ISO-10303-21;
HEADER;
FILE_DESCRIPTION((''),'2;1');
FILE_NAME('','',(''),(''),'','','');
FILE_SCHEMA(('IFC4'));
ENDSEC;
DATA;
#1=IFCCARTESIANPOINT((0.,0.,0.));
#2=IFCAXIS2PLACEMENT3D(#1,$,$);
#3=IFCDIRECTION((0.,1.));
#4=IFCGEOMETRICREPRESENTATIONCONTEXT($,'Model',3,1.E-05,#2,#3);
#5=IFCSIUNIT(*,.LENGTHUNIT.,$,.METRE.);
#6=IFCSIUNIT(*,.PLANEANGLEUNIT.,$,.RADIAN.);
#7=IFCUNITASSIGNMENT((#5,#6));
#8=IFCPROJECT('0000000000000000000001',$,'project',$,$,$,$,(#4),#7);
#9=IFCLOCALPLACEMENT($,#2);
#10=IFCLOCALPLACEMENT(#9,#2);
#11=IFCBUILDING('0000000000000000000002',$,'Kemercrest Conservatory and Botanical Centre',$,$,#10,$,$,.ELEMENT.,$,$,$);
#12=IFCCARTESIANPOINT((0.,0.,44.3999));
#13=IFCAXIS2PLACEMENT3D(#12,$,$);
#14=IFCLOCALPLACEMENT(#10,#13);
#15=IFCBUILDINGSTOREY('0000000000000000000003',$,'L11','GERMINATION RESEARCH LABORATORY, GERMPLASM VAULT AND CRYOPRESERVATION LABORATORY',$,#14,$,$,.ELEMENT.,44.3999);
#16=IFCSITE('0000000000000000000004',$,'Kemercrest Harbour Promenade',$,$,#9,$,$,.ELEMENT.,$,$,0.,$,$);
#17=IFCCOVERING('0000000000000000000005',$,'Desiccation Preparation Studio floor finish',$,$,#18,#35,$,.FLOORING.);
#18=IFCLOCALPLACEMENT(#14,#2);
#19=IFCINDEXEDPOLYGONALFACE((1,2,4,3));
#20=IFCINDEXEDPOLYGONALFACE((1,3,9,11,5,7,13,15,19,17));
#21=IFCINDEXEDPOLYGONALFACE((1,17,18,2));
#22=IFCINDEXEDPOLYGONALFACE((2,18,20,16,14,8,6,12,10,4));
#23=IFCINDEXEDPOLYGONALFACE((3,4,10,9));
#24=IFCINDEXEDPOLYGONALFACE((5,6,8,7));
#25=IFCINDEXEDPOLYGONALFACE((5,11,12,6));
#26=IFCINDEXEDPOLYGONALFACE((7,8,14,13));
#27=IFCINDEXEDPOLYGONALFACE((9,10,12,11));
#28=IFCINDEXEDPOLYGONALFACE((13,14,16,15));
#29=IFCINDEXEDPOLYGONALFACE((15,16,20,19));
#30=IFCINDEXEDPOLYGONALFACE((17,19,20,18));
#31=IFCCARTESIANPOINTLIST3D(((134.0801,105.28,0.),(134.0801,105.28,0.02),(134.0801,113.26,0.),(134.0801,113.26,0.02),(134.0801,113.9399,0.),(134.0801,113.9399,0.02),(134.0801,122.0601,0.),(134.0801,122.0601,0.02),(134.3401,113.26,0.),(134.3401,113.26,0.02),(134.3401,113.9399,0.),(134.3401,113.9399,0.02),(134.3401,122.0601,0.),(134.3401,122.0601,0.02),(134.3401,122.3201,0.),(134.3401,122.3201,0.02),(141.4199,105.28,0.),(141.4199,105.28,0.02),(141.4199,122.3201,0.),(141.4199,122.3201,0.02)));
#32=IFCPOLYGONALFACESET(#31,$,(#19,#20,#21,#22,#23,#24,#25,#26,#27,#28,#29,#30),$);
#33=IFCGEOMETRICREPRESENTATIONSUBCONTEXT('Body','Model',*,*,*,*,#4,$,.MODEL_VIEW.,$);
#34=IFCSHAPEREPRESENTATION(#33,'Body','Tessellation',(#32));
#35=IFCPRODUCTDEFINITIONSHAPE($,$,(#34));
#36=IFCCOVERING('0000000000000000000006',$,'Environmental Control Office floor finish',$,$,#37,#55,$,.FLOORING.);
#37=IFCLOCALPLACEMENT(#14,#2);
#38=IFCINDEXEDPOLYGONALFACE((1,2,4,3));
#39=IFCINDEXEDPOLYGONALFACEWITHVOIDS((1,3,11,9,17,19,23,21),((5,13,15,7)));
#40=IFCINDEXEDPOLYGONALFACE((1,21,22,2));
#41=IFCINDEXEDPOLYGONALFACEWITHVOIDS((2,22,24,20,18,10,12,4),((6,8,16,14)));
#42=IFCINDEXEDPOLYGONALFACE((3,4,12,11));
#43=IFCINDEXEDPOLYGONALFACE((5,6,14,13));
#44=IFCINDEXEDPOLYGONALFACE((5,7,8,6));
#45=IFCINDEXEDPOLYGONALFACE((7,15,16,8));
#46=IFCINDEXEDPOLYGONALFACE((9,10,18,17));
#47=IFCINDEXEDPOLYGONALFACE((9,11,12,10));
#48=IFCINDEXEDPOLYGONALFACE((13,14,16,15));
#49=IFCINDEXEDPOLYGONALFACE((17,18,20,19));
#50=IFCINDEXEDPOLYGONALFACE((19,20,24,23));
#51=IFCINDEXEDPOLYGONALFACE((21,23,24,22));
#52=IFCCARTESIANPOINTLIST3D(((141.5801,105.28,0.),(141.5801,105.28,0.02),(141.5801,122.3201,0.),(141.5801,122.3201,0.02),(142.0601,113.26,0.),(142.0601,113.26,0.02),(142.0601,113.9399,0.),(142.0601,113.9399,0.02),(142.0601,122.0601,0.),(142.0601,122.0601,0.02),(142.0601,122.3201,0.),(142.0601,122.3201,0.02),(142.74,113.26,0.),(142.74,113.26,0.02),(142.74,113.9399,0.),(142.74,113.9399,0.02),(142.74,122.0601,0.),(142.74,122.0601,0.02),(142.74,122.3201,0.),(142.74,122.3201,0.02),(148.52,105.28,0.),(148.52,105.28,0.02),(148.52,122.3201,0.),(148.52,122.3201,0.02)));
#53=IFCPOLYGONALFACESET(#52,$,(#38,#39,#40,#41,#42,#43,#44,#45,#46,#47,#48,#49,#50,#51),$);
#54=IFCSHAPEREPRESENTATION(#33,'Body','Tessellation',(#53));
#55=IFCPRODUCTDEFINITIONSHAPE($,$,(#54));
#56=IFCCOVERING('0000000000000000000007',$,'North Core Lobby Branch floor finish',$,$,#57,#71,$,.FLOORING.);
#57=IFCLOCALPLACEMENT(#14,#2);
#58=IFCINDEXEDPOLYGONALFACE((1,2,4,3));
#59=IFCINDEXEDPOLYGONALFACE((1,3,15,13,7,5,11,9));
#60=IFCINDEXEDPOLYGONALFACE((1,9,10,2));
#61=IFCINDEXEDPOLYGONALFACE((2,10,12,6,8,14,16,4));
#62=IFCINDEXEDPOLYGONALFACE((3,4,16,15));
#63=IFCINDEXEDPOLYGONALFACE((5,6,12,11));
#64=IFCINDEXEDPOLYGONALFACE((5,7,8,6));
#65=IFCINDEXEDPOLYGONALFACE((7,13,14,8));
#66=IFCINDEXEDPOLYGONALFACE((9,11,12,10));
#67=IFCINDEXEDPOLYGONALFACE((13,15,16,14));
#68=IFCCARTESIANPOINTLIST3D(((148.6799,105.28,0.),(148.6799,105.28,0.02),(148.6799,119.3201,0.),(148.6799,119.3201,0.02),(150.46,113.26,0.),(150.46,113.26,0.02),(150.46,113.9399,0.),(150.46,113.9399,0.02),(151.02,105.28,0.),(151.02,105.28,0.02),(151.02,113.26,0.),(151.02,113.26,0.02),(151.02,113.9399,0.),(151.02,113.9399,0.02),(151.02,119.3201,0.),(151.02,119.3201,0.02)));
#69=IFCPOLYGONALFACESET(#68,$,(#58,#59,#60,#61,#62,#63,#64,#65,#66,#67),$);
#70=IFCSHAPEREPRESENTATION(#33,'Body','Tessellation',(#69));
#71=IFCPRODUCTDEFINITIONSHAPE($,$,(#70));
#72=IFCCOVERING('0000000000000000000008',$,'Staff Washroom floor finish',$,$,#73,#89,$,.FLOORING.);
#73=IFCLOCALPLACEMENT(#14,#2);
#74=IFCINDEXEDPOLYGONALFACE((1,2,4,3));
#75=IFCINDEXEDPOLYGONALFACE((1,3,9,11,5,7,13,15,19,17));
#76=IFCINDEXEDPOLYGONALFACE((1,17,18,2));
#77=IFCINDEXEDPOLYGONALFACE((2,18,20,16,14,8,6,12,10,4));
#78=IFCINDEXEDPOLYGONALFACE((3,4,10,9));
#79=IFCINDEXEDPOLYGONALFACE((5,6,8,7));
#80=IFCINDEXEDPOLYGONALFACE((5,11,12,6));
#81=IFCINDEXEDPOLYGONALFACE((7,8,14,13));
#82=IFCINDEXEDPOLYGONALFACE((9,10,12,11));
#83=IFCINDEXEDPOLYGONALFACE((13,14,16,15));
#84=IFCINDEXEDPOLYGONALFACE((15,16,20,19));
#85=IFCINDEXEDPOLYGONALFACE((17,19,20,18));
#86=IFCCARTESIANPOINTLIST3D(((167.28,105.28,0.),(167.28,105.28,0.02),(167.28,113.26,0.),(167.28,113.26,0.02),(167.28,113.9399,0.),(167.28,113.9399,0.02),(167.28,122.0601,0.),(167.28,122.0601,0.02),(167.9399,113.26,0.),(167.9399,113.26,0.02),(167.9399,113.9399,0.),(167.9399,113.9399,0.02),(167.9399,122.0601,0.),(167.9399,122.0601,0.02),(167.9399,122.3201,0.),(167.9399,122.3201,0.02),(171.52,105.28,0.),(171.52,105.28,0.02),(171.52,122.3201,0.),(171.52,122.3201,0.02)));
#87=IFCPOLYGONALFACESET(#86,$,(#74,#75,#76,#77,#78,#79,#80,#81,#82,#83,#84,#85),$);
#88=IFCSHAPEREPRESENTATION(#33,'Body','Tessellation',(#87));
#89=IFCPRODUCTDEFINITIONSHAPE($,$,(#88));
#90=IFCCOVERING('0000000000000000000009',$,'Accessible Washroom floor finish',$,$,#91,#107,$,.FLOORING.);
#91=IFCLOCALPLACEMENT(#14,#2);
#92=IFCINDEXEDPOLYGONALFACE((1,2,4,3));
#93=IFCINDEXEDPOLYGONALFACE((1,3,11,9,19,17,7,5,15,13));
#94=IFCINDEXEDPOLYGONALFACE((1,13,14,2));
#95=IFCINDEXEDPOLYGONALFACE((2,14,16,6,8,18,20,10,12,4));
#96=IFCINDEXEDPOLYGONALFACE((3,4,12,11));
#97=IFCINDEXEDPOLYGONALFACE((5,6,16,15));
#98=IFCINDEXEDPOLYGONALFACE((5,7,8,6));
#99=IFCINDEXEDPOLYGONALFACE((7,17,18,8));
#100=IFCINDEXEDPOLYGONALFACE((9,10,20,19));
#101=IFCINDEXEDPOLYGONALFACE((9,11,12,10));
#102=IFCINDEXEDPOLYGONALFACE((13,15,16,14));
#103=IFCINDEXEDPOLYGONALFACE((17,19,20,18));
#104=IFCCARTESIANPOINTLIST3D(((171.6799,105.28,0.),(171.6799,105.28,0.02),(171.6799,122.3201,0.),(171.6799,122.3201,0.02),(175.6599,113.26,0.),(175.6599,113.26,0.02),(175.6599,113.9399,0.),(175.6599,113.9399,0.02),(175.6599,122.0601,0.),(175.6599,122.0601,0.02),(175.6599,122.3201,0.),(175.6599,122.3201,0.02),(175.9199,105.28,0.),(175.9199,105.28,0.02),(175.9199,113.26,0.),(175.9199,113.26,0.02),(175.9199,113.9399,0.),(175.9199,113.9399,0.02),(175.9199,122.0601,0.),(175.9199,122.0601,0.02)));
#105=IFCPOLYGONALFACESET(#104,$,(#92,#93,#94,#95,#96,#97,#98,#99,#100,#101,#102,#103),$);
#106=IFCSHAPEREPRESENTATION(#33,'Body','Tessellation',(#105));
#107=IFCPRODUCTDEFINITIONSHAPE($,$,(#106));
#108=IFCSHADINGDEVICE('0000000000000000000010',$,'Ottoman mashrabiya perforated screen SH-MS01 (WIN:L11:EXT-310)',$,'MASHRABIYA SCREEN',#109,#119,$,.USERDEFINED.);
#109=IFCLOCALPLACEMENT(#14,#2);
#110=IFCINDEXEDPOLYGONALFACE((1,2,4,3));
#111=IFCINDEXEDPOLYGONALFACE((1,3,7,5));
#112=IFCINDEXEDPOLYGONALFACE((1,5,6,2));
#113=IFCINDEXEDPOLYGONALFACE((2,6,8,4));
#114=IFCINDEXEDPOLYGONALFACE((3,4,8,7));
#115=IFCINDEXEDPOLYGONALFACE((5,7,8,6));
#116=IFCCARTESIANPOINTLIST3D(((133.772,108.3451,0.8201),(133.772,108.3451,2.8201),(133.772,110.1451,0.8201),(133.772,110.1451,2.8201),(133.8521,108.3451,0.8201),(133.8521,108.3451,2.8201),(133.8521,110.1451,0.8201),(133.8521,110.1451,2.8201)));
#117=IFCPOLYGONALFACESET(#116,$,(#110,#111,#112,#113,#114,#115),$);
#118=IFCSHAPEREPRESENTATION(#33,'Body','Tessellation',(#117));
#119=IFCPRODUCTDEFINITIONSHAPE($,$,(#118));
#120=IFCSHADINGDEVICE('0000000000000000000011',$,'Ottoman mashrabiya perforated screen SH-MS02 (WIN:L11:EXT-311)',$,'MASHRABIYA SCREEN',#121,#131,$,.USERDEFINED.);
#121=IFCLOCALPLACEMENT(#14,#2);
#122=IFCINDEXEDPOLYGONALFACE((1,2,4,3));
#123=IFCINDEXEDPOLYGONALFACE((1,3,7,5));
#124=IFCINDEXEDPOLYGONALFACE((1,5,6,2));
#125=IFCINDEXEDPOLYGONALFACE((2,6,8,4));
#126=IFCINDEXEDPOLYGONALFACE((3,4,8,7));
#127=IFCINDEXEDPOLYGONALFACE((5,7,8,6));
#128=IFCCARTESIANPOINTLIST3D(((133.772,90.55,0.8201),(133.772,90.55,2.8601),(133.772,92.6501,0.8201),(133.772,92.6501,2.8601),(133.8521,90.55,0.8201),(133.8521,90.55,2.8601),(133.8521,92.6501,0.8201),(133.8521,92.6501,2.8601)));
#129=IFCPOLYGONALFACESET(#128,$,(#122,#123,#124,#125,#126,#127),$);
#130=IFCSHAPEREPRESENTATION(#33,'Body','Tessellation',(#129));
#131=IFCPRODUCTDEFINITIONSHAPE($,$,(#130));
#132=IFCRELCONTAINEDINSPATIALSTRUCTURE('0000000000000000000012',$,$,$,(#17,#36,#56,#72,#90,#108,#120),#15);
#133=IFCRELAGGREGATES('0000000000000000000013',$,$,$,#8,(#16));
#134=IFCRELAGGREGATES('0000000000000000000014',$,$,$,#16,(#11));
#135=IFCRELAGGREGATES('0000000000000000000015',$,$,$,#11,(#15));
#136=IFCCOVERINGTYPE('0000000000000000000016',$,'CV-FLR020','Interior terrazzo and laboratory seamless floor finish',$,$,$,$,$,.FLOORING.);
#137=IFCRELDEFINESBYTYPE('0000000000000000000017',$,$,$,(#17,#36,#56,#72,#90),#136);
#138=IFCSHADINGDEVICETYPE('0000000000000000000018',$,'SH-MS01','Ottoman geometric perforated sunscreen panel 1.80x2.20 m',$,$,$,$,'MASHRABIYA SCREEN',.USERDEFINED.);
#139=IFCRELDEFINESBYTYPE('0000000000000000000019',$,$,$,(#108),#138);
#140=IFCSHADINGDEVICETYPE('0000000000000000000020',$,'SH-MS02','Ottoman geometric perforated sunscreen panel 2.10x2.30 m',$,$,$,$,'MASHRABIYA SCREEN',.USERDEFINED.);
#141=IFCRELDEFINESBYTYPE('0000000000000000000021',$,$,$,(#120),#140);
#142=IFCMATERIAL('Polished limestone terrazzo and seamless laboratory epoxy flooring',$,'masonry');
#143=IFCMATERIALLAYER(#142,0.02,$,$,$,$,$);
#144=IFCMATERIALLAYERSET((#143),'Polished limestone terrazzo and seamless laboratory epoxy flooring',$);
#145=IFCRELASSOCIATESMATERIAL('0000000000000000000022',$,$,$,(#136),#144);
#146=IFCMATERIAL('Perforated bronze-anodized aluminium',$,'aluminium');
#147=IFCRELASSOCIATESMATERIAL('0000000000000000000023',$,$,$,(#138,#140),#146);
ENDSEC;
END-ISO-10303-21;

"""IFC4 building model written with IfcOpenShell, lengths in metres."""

from ifc_helpers import new_model, si_unit, direction, frame, origin, origin_2d, place, context, subcontext, project, spatial, polyline, rectangle, outline, extrude, material, layer, layer_set, type_object, element, save


model = new_model("IFC4")

# Units and contexts
model_context = context("Model", 3, precision=1e-05, world=origin(), true_north=direction((0.0, 1.0)))
body_context = subcontext(model_context, "Body", "Model", "MODEL_VIEW")
ifc_project = project(units=[si_unit("LENGTHUNIT", "METRE"), si_unit("PLANEANGLEUNIT", "RADIAN")], contexts=[model_context])

# Site, building, storey
site_placement = place(None, origin())
site = spatial("IfcSite", under=ifc_project, at=site_placement, Name="Kemercrest Harbour Promenade", CompositionType="ELEMENT", RefElevation=0.0)
building_placement = place(site_placement, origin())
building = spatial("IfcBuilding", under=site, at=building_placement, Name="Kemercrest Conservatory and Botanical Centre", CompositionType="ELEMENT")
storey_placement = place(building_placement, frame((0.0, 0.0, 44.3999)))
storey = spatial("IfcBuildingStorey", under=building, at=storey_placement, Name="L11", Description="GERMINATION RESEARCH LABORATORY, GERMPLASM VAULT AND CRYOPRESERVATION LABORATORY", CompositionType="ELEMENT", Elevation=44.3999)

# Coverings
ifc_material_1 = material(Name="Polished limestone terrazzo and seamless laboratory epoxy flooring", Category="masonry")
ifc_layer_1 = layer(ifc_material_1, 0.02)
ifc_layer_set_1 = layer_set([ifc_layer_1], Name="Polished limestone terrazzo and seamless laboratory epoxy flooring")
covering_type_1 = type_object("IfcCoveringType", Name="CV-FLR020", Description="Interior terrazzo and laboratory seamless floor finish", PredefinedType="FLOORING", material=ifc_layer_set_1)
covering_1_placement = place(storey_placement, origin())
element("IfcCovering", 1, at=covering_1_placement, inside=storey, type_object=covering_type_1, Name="Desiccation Preparation Studio floor finish", PredefinedType="FLOORING", context=body_context, shape_type="SweptSolid", body=[
    extrude(outline(polyline([(134.0801, 105.28), (141.4199, 105.28), (141.4199, 122.3201), (134.3401, 122.3201), (134.3401, 122.0601), (134.0801, 122.0601), (134.0801, 113.9399), (134.3401, 113.9399), (134.3401, 113.26), (134.0801, 113.26), (134.0801, 105.28)])), origin(), (0.0, 0.0, 1.0), 0.02),
])
covering_2_placement = place(storey_placement, origin())
element("IfcCovering", 2, at=covering_2_placement, inside=storey, type_object=covering_type_1, Name="Environmental Control Office floor finish", PredefinedType="FLOORING", context=body_context, shape_type="SweptSolid", body=[
    extrude(outline(polyline([(142.0601, 122.3201), (141.5801, 122.3201), (141.5801, 105.28), (148.52, 105.28), (148.52, 122.3201), (142.74, 122.3201), (142.74, 122.0601), (142.0601, 122.0601), (142.0601, 122.3201)]), holes=[polyline([(142.0601, 113.9399), (142.74, 113.9399), (142.74, 113.26), (142.0601, 113.26), (142.0601, 113.9399)])]), origin(), (0.0, 0.0, 1.0), 0.02),
])
covering_3_placement = place(storey_placement, origin())
element("IfcCovering", 3, at=covering_3_placement, inside=storey, type_object=covering_type_1, Name="North Core Lobby Branch floor finish", PredefinedType="FLOORING", context=body_context, shape_type="SweptSolid", body=[
    extrude(outline(polyline([(148.6799, 105.28), (151.02, 105.28), (151.02, 113.26), (150.46, 113.26), (150.46, 113.9399), (151.02, 113.9399), (151.02, 119.3201), (148.6799, 119.3201), (148.6799, 105.28)])), origin(), (0.0, 0.0, 1.0), 0.02),
])
covering_4_placement = place(storey_placement, origin())
element("IfcCovering", 4, at=covering_4_placement, inside=storey, type_object=covering_type_1, Name="Staff Washroom floor finish", PredefinedType="FLOORING", context=body_context, shape_type="SweptSolid", body=[
    extrude(outline(polyline([(167.28, 105.28), (171.52, 105.28), (171.52, 122.3201), (167.9399, 122.3201), (167.9399, 122.0601), (167.28, 122.0601), (167.28, 113.9399), (167.9399, 113.9399), (167.9399, 113.26), (167.28, 113.26), (167.28, 105.28)])), origin(), (0.0, 0.0, 1.0), 0.02),
])
covering_5_placement = place(storey_placement, origin())
element("IfcCovering", 5, at=covering_5_placement, inside=storey, type_object=covering_type_1, Name="Accessible Washroom floor finish", PredefinedType="FLOORING", context=body_context, shape_type="SweptSolid", body=[
    extrude(outline(polyline([(171.6799, 105.28), (175.9199, 105.28), (175.9199, 113.26), (175.6599, 113.26), (175.6599, 113.9399), (175.9199, 113.9399), (175.9199, 122.0601), (175.6599, 122.0601), (175.6599, 122.3201), (171.6799, 122.3201), (171.6799, 105.28)])), origin(), (0.0, 0.0, 1.0), 0.02),
])

# Shading devices
ifc_material_2 = material(Name="Perforated bronze-anodized aluminium", Category="aluminium")
shading_device_type_1 = type_object("IfcShadingDeviceType", Name="SH-MS01", Description="Ottoman geometric perforated sunscreen panel 1.80x2.20 m", ElementType="MASHRABIYA SCREEN", PredefinedType="USERDEFINED", material=ifc_material_2)
shading_device_1_placement = place(storey_placement, frame((133.812, 109.2451, 0.8201), z_axis=(0.0, 0.0, 1.0), x_axis=(0.0, -1.0, 0.0)))
element("IfcShadingDevice", 6, at=shading_device_1_placement, inside=storey, type_object=shading_device_type_1, Name="Ottoman mashrabiya perforated screen SH-MS01 (WIN:L11:EXT-310)", ObjectType="MASHRABIYA SCREEN", PredefinedType="USERDEFINED", context=body_context, shape_type="SweptSolid", body=[
    extrude(rectangle(XDim=1.8, YDim=0.0801, at=origin_2d()), origin(), (0.0, 0.0, 1.0), 2.0),
])
shading_device_type_2 = type_object("IfcShadingDeviceType", Name="SH-MS02", Description="Ottoman geometric perforated sunscreen panel 2.10x2.30 m", ElementType="MASHRABIYA SCREEN", PredefinedType="USERDEFINED", material=ifc_material_2)
shading_device_2_placement = place(storey_placement, frame((133.812, 91.6001, 0.8201), z_axis=(0.0, 0.0, 1.0), x_axis=(0.0, -1.0, 0.0)))
element("IfcShadingDevice", 7, at=shading_device_2_placement, inside=storey, type_object=shading_device_type_2, Name="Ottoman mashrabiya perforated screen SH-MS02 (WIN:L11:EXT-311)", ObjectType="MASHRABIYA SCREEN", PredefinedType="USERDEFINED", context=body_context, shape_type="SweptSolid", body=[
    extrude(rectangle(XDim=2.1001, YDim=0.0801, at=origin_2d()), origin(), (0.0, 0.0, 1.0), 2.04),
])

save(model, "model.ifc")
